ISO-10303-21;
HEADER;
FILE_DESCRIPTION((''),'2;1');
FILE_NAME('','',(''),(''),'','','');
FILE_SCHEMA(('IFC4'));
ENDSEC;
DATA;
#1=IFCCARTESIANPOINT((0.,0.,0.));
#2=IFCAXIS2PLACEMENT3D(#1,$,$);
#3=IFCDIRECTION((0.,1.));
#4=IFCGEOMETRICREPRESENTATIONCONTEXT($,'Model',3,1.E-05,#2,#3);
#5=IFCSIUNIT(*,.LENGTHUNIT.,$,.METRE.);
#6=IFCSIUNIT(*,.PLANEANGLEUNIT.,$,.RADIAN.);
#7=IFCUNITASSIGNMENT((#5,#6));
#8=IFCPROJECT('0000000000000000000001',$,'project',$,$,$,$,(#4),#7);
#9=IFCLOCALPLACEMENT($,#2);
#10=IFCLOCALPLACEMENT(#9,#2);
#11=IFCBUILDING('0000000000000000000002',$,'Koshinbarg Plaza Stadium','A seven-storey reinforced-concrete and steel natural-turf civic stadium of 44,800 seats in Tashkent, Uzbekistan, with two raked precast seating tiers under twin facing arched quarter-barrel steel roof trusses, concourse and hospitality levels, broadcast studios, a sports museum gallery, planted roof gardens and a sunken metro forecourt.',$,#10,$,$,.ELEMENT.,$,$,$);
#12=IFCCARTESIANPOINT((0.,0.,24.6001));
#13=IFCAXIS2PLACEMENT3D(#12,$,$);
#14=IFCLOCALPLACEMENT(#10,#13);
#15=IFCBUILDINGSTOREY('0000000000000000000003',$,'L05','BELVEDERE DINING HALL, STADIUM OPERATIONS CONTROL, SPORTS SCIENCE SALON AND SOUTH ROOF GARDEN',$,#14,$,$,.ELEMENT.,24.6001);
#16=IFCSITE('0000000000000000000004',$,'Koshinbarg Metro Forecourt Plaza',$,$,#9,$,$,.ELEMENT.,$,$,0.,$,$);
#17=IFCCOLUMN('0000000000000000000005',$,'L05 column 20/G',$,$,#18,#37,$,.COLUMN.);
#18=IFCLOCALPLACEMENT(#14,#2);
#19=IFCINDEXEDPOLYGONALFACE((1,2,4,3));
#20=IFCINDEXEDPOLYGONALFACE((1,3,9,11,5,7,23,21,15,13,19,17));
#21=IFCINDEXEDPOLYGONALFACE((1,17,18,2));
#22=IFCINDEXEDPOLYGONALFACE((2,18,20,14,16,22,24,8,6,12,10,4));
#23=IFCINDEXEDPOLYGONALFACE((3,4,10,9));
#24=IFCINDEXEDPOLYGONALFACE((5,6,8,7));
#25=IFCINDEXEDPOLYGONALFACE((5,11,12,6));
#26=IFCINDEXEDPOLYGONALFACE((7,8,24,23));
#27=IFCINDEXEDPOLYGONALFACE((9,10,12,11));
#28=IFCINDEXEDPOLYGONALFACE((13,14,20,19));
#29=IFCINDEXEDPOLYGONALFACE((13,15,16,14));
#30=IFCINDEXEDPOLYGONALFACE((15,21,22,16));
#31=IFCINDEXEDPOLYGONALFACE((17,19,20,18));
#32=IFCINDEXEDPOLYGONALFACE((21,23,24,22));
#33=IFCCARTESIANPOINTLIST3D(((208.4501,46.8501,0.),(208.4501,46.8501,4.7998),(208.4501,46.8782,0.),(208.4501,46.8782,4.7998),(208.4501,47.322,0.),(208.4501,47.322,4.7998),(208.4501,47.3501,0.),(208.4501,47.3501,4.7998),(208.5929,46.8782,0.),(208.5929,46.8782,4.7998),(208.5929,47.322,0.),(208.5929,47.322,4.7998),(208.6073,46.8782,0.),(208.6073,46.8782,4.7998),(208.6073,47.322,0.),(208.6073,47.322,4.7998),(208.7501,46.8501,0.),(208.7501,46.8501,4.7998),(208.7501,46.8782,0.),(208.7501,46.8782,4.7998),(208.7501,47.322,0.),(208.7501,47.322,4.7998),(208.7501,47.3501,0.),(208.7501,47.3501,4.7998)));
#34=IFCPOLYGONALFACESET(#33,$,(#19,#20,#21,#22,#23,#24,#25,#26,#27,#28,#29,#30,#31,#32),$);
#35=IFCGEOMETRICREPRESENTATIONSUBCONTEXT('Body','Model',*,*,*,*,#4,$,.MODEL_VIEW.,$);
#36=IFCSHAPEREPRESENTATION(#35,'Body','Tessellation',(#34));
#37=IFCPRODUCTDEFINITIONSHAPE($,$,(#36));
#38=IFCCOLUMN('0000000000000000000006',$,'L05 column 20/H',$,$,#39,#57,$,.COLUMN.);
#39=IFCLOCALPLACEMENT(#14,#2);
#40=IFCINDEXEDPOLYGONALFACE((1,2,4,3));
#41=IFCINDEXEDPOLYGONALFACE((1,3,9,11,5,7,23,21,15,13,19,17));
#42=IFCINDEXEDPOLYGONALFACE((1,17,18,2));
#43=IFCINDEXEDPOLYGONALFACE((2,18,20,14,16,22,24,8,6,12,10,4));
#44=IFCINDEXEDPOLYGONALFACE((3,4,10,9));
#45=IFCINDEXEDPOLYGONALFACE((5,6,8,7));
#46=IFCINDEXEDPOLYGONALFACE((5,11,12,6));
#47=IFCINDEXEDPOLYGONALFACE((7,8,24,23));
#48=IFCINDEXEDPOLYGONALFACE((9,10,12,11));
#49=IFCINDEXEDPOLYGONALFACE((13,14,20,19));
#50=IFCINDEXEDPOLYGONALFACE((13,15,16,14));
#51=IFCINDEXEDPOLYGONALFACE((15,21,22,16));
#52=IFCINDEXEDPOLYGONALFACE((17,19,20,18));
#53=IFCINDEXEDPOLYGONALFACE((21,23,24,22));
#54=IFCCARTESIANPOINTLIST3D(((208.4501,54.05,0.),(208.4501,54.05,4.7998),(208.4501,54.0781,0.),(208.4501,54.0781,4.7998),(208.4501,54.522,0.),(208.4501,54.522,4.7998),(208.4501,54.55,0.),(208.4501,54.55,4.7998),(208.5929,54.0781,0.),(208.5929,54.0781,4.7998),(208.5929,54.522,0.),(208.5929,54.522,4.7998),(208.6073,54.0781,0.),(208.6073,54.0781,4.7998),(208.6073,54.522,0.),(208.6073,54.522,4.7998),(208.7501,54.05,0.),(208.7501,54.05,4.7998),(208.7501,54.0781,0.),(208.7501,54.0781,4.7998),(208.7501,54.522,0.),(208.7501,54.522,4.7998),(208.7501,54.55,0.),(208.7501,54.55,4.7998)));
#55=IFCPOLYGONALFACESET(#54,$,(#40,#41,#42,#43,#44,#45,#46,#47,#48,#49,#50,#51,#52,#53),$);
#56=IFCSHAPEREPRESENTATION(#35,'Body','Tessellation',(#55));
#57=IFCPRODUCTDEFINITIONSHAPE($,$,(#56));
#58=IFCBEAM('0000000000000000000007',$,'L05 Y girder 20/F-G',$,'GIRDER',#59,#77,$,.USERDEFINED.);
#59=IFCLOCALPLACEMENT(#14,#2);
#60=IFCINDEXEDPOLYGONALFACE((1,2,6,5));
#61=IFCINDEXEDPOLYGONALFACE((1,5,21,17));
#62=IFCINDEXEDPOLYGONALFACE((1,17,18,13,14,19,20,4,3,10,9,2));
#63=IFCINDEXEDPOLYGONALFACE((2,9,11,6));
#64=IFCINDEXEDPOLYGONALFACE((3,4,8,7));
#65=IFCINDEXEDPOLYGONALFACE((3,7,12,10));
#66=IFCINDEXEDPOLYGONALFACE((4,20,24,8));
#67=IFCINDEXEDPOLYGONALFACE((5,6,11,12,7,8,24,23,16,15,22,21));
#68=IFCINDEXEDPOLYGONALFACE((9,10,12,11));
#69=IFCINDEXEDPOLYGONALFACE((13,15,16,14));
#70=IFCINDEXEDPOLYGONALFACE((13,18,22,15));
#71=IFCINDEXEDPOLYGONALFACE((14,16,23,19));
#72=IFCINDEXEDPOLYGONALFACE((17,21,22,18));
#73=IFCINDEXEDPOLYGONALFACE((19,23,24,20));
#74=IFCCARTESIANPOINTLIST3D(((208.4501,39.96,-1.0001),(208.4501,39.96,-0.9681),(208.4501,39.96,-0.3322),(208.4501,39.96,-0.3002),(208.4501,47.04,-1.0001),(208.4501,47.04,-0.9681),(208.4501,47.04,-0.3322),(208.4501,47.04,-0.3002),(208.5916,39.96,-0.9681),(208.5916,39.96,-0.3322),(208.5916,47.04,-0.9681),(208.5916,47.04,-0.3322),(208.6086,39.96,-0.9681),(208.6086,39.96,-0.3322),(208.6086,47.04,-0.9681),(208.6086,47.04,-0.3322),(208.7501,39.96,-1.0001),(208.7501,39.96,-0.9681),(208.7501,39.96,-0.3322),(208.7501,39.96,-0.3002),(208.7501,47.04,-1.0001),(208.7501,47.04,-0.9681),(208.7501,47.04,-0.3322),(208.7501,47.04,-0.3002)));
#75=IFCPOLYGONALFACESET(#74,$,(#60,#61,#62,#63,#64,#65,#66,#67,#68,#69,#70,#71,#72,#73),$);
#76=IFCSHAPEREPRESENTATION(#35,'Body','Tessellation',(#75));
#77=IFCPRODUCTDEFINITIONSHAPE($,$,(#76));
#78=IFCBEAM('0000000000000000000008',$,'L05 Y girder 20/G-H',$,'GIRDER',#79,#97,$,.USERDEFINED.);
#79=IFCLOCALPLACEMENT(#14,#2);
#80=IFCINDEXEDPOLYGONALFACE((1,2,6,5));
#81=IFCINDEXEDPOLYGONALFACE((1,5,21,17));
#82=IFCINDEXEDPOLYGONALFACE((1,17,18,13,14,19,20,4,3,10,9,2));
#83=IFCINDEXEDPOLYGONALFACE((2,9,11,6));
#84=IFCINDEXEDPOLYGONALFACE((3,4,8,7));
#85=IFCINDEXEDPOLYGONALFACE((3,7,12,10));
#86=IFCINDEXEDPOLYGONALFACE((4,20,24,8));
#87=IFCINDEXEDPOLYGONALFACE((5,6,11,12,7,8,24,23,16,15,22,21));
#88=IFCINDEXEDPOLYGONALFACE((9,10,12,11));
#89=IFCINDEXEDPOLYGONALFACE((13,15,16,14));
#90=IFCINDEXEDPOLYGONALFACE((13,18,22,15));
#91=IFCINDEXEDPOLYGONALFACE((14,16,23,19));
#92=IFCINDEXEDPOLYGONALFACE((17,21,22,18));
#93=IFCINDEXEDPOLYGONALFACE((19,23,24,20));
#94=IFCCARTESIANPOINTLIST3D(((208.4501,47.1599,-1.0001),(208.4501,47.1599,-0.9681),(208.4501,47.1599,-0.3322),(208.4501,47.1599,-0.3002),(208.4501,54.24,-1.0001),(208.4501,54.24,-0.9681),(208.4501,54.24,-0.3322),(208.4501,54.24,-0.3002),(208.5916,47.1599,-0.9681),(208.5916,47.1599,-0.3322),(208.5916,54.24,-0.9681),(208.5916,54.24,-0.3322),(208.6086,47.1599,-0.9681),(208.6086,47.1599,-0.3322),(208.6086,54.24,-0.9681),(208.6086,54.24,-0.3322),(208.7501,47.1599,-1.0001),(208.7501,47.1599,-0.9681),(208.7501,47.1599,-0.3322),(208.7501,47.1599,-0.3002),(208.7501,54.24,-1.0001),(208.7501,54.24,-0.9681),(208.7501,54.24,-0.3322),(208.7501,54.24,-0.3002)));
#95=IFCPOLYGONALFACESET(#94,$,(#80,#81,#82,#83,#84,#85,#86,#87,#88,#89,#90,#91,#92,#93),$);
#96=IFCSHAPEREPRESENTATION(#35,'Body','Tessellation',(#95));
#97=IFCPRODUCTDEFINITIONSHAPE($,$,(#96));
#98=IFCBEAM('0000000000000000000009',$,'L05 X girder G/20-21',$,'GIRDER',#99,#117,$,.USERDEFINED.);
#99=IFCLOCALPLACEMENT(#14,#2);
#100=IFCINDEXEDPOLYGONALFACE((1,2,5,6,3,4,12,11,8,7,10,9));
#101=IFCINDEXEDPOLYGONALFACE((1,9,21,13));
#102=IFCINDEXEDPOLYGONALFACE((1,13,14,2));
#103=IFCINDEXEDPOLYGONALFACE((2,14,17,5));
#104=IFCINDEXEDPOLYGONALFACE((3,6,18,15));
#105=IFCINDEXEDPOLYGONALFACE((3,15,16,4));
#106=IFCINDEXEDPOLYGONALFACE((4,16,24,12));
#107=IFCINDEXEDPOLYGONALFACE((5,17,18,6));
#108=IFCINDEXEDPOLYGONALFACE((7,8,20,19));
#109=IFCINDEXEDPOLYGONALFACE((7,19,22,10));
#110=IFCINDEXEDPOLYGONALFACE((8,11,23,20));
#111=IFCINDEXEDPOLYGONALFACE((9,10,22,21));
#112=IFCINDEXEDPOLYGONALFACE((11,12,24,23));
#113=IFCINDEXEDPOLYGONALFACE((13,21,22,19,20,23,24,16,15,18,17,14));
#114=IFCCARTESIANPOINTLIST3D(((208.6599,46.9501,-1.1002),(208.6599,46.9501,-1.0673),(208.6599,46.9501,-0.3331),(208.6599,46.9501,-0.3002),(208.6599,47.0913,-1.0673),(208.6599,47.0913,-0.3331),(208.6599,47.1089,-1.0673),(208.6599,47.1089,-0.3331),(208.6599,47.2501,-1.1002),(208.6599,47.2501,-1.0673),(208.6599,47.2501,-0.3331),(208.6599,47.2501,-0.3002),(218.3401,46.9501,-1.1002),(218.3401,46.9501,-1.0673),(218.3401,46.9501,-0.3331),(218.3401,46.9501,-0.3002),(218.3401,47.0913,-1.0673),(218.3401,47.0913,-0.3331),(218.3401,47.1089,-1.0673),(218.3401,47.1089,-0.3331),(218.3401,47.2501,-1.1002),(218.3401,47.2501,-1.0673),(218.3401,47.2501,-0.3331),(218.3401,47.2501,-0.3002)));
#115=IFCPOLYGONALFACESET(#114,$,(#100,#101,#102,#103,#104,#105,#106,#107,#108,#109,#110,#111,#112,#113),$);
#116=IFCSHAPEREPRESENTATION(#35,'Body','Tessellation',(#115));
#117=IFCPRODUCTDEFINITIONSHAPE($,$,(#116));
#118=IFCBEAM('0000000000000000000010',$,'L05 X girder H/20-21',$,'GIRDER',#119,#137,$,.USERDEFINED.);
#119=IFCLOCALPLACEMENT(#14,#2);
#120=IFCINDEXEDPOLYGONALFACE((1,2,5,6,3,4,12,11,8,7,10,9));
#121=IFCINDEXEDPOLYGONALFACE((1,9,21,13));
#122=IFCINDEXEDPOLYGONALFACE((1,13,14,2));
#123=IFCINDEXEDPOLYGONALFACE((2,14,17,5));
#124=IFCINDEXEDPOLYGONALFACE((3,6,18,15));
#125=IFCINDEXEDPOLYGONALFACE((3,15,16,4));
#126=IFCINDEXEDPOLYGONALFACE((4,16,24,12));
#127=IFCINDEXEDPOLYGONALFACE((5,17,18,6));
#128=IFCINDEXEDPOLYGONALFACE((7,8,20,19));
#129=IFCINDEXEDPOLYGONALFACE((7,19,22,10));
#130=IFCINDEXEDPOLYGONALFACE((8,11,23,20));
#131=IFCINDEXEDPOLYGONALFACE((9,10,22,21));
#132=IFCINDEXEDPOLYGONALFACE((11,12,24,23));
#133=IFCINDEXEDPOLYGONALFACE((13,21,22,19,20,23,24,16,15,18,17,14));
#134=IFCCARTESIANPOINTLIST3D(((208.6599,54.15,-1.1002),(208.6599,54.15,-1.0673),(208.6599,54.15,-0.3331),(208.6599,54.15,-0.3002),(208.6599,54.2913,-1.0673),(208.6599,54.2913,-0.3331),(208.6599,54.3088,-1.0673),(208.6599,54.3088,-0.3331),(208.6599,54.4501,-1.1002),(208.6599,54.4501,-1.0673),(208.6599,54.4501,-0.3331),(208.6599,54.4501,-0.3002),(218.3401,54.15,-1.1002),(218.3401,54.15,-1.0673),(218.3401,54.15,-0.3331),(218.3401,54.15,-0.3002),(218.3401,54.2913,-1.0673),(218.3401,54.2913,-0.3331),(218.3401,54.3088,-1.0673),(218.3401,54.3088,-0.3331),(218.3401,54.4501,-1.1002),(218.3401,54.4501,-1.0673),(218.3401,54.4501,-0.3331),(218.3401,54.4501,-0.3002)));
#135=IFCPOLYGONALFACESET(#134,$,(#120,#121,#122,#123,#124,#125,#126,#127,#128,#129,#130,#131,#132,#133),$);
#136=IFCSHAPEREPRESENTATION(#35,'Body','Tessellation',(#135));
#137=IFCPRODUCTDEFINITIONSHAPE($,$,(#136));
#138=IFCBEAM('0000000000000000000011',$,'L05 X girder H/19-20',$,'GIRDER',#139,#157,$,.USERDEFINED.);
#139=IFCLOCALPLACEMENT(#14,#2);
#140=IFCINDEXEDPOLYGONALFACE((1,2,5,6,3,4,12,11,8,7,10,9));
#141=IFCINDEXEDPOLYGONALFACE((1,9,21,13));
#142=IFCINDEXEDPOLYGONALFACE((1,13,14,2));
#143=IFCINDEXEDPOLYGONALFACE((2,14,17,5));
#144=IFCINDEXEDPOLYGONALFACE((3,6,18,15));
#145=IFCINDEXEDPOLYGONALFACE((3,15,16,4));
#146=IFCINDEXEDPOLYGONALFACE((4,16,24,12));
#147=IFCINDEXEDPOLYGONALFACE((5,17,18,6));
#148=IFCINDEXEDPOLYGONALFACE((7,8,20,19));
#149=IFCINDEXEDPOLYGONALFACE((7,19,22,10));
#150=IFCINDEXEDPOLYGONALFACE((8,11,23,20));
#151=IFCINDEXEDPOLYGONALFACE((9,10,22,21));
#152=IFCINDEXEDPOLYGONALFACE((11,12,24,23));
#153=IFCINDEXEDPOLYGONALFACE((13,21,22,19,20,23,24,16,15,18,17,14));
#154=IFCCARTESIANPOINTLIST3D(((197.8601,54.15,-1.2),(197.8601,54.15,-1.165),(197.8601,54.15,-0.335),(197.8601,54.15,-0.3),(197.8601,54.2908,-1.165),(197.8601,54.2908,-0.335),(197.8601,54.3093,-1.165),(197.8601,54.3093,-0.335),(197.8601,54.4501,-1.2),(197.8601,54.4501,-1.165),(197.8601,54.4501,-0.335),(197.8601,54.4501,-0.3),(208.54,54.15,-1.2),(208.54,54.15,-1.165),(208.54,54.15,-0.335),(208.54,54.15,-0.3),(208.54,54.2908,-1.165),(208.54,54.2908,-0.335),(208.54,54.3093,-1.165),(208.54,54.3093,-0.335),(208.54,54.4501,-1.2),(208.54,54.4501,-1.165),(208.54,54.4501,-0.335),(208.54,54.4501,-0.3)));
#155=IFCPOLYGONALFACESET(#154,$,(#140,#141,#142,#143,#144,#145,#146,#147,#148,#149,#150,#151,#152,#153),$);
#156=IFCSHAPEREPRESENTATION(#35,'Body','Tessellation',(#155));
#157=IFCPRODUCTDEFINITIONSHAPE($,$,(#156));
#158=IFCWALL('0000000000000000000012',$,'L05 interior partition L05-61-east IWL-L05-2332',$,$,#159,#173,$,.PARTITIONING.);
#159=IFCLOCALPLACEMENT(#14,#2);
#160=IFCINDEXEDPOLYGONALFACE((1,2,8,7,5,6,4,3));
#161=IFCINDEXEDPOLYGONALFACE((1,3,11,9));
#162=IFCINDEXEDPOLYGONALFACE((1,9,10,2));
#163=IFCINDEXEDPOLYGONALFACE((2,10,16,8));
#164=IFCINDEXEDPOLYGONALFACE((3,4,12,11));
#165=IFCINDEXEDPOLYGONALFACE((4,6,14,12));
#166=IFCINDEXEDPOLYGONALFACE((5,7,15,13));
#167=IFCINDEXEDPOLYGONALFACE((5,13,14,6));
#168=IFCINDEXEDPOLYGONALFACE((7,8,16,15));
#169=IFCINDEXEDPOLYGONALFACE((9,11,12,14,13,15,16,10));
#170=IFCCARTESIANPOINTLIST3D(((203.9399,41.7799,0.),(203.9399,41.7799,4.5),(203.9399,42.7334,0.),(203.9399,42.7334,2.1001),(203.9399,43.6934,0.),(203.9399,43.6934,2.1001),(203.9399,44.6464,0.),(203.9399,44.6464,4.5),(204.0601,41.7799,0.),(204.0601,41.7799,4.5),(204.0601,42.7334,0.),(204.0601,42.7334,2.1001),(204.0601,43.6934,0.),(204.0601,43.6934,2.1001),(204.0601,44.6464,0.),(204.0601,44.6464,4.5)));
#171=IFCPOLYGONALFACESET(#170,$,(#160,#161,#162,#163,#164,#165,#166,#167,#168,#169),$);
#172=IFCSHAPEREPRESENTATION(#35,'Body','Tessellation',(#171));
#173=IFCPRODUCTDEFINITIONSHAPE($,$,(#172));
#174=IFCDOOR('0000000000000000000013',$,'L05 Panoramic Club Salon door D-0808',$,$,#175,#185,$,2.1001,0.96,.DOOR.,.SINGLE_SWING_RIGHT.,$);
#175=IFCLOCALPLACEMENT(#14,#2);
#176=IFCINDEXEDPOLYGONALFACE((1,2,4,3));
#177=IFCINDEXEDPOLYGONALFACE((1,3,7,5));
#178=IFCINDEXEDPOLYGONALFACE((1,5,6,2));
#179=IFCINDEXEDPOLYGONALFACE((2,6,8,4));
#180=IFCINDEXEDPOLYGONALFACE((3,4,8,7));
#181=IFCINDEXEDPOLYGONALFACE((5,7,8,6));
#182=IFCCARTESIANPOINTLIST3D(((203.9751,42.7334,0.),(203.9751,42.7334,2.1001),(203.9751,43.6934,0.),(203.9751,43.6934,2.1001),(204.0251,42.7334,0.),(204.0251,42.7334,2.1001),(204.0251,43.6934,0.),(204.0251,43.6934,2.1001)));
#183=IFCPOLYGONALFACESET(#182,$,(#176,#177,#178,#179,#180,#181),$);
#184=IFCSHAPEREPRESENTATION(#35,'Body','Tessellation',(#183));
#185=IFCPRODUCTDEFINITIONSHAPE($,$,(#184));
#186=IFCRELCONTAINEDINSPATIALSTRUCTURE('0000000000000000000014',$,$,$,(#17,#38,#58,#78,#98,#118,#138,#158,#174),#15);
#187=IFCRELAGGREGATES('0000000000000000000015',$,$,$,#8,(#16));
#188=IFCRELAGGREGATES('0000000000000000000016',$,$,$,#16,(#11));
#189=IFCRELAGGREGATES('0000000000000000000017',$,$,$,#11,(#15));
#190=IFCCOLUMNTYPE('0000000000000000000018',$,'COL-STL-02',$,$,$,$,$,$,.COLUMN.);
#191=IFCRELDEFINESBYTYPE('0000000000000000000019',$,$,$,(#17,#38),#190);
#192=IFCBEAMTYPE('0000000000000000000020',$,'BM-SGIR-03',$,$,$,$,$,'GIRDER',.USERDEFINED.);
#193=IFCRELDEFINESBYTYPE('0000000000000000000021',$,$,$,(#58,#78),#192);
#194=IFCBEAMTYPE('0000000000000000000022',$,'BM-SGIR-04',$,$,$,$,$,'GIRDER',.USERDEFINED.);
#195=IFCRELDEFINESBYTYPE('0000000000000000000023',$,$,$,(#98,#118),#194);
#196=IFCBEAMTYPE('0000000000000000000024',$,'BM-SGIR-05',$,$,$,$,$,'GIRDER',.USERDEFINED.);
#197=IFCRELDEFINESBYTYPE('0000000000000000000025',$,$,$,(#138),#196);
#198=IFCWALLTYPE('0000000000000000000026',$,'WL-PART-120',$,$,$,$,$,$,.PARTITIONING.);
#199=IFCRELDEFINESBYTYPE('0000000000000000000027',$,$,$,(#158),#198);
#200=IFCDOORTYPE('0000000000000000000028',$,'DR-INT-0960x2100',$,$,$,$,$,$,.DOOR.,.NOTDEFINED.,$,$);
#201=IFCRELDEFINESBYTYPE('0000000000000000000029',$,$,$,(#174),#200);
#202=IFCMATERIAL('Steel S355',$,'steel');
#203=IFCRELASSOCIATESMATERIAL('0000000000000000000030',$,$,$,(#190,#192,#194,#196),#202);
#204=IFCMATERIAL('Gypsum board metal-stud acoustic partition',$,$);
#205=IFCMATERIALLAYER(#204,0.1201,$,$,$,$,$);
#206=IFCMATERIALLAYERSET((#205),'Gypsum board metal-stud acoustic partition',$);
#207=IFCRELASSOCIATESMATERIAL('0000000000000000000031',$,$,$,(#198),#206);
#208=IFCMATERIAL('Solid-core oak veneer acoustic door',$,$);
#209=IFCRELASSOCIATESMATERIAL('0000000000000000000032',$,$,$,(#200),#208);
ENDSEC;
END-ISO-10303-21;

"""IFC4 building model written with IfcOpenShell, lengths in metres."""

from ifc_helpers import new_model, si_unit, direction, frame, frame_2d, origin, origin_2d, place, context, subcontext, project, spatial, rectangle, i_section, extrude, material, layer, layer_set, material_profile, profile_set, type_object, element, fill, save


model = new_model("IFC4")

# Units and contexts
model_context = context("Model", 3, precision=1e-05, world=origin(), true_north=direction((0.0, 1.0)))
body_context = subcontext(model_context, "Body", "Model", "MODEL_VIEW")
ifc_project = project(units=[si_unit("LENGTHUNIT", "METRE"), si_unit("PLANEANGLEUNIT", "RADIAN")], contexts=[model_context])

# Site, building, storey
site_placement = place(None, origin())
site = spatial("IfcSite", under=ifc_project, at=site_placement, Name="Koshinbarg Metro Forecourt Plaza", CompositionType="ELEMENT", RefElevation=0.0)
building_placement = place(site_placement, origin())
building = spatial("IfcBuilding", under=site, at=building_placement, Name="Koshinbarg Plaza Stadium", Description="A seven-storey reinforced-concrete and steel natural-turf civic stadium of 44,800 seats in Tashkent, Uzbekistan, with two raked precast seating tiers under twin facing arched quarter-barrel steel roof trusses, concourse and hospitality levels, broadcast studios, a sports museum gallery, planted roof gardens and a sunken metro forecourt.", CompositionType="ELEMENT")
storey_placement = place(building_placement, frame((0.0, 0.0, 24.6001)))
storey = spatial("IfcBuildingStorey", under=building, at=storey_placement, Name="L05", Description="BELVEDERE DINING HALL, STADIUM OPERATIONS CONTROL, SPORTS SCIENCE SALON AND SOUTH ROOF GARDEN", CompositionType="ELEMENT", Elevation=24.6001)

# Columns
ifc_material_1 = material(Name="Steel S355", Category="steel")
ifc_material_profile_1 = material_profile(ifc_material_1, i_section(OverallWidth=0.3, OverallDepth=0.5, WebThickness=0.0144, FlangeThickness=0.0281, at=origin_2d()), Name="HEB 500")
ifc_profile_set_1 = profile_set([ifc_material_profile_1], Name="Steel S355")
column_type = type_object("IfcColumnType", Name="COL-STL-02", PredefinedType="COLUMN", material=ifc_profile_set_1)
for number, where, z_axis, x_axis, name in (
    (1, (208.6001, 47.1001, 0.0), (0.0, 0.0, 1.0), (1.0, 0.0, 0.0), "L05 column 20/G"),
    (2, (208.6001, 54.3, 0.0), (0.0, 0.0, 1.0), (1.0, 0.0, 0.0), "L05 column 20/H"),
):
    element("IfcColumn", number, at=place(storey_placement, frame(where, z_axis=z_axis, x_axis=x_axis)), inside=storey, type_object=column_type, Name=name, PredefinedType="COLUMN", context=body_context, shape_type="SweptSolid", body=[
        extrude(i_section(OverallWidth=0.3, OverallDepth=0.5, WebThickness=0.0144, FlangeThickness=0.0281, at=origin_2d()), origin(), (0.0, 0.0, 1.0), 4.7998),
    ])

# Beams
ifc_material_profile_2 = material_profile(ifc_material_1, i_section(OverallWidth=0.3, OverallDepth=0.7, WebThickness=0.0171, FlangeThickness=0.032, at=origin_2d()), Name="HEB 700")
ifc_profile_set_2 = profile_set([ifc_material_profile_2], Name="Steel S355")
beam_type_1 = type_object("IfcBeamType", Name="BM-SGIR-03", ElementType="GIRDER", PredefinedType="USERDEFINED", material=ifc_profile_set_2)
for number, where, z_axis, x_axis, name in (
    (3, (208.6001, 39.96, -0.6501), (0.0, 1.0, 0.0), (-1.0, 0.0, 0.0), "L05 Y girder 20/F-G"),
    (4, (208.6001, 47.1599, -0.6501), (0.0, 1.0, 0.0), (-1.0, 0.0, 0.0), "L05 Y girder 20/G-H"),
):
    element("IfcBeam", number, at=place(storey_placement, frame(where, z_axis=z_axis, x_axis=x_axis)), inside=storey, type_object=beam_type_1, Name=name, ObjectType="GIRDER", PredefinedType="USERDEFINED", context=body_context, shape_type="SweptSolid", body=[
        extrude(i_section(OverallWidth=0.3, OverallDepth=0.7, WebThickness=0.0171, FlangeThickness=0.032, at=origin_2d()), origin(), (0.0, 0.0, 1.0), 7.0801),
    ])
ifc_material_profile_3 = material_profile(ifc_material_1, i_section(OverallWidth=0.3, OverallDepth=0.8, WebThickness=0.0176, FlangeThickness=0.033, at=origin_2d()), Name="HEB 800")
ifc_profile_set_3 = profile_set([ifc_material_profile_3], Name="Steel S355")
beam_type_2 = type_object("IfcBeamType", Name="BM-SGIR-04", ElementType="GIRDER", PredefinedType="USERDEFINED", material=ifc_profile_set_3)
for number, where, z_axis, x_axis, name in (
    (5, (208.6599, 47.1001, -0.7002), (1.0, 0.0, 0.0), (0.0, 1.0, 0.0), "L05 X girder G/20-21"),
    (6, (208.6599, 54.3, -0.7002), (1.0, 0.0, 0.0), (0.0, 1.0, 0.0), "L05 X girder H/20-21"),
):
    element("IfcBeam", number, at=place(storey_placement, frame(where, z_axis=z_axis, x_axis=x_axis)), inside=storey, type_object=beam_type_2, Name=name, ObjectType="GIRDER", PredefinedType="USERDEFINED", context=body_context, shape_type="SweptSolid", body=[
        extrude(i_section(OverallWidth=0.3, OverallDepth=0.8, WebThickness=0.0176, FlangeThickness=0.033, at=origin_2d()), origin(), (0.0, 0.0, 1.0), 9.6802),
    ])
ifc_material_profile_4 = material_profile(ifc_material_1, i_section(OverallWidth=0.3, OverallDepth=0.8999, WebThickness=0.0186, FlangeThickness=0.0349, at=origin_2d()), Name="HEB 900")
ifc_profile_set_4 = profile_set([ifc_material_profile_4], Name="Steel S355")
beam_type_3 = type_object("IfcBeamType", Name="BM-SGIR-05", ElementType="GIRDER", PredefinedType="USERDEFINED", material=ifc_profile_set_4)
beam_placement = place(storey_placement, frame((197.8601, 54.3, -0.75), z_axis=(1.0, 0.0, 0.0), x_axis=(0.0, 1.0, 0.0)))
element("IfcBeam", 7, at=beam_placement, inside=storey, type_object=beam_type_3, Name="L05 X girder H/19-20", ObjectType="GIRDER", PredefinedType="USERDEFINED", context=body_context, shape_type="SweptSolid", body=[
    extrude(i_section(OverallWidth=0.3, OverallDepth=0.8999, WebThickness=0.0186, FlangeThickness=0.0349, at=origin_2d()), origin(), (0.0, 0.0, 1.0), 10.6799),
])

# Wall, opening, door
ifc_material_2 = material(Name="Gypsum board metal-stud acoustic partition")
ifc_layer_1 = layer(ifc_material_2, 0.1201)
ifc_layer_set_1 = layer_set([ifc_layer_1], Name="Gypsum board metal-stud acoustic partition")
wall_type_1 = type_object("IfcWallType", Name="WL-PART-120", PredefinedType="PARTITIONING", material=ifc_layer_set_1)
wall_1_placement = place(storey_placement, frame((204.0, 41.78, 0.0), z_axis=(0.0, 0.0, 1.0), x_axis=(0.0, 1.0, 0.0)))
wall_1 = element("IfcWall", 8, at=wall_1_placement, inside=storey, type_object=wall_type_1, Name="L05 interior partition L05-61-east IWL-L05-2332", PredefinedType="PARTITIONING", context=body_context, shape_type="SweptSolid", body=[
    extrude(rectangle(XDim=2.8665, YDim=0.1201, at=frame_2d((1.4331, 0.0))), origin(), (0.0, 0.0, 1.0), 4.5),
])
opening_1_placement = place(wall_1_placement, frame((0.9534, 0.0, 0.0)))
opening_1 = element("IfcOpeningElement", 9, at=opening_1_placement, cuts=wall_1, PredefinedType="OPENING", context=body_context, shape_type="SweptSolid", body=[
    extrude(rectangle(XDim=0.96, YDim=2.1001, at=frame_2d((0.48, 1.05))), frame((0.0, 0.0701, 0.0), z_axis=(0.0, -1.0, 0.0), x_axis=(1.0, 0.0, 0.0)), (0.0, 0.0, 1.0), 0.1401),
])
ifc_material_3 = material(Name="Solid-core oak veneer acoustic door")
door_type_1 = type_object("IfcDoorType", Name="DR-INT-0960x2100", OperationType="NOTDEFINED", PredefinedType="DOOR", material=ifc_material_3)
door_1_placement = place(opening_1_placement, origin())
door_1 = element("IfcDoor", 10, at=door_1_placement, inside=storey, type_object=door_type_1, Name="L05 Panoramic Club Salon door D-0808", OperationType="SINGLE_SWING_RIGHT", OverallHeight=2.1001, OverallWidth=0.96, PredefinedType="DOOR", context=body_context, shape_type="SweptSolid", body=[
    extrude(rectangle(XDim=0.96, YDim=2.1001, at=frame_2d((0.48, 1.05))), frame((0.0, 0.0249, 0.0), z_axis=(0.0, -1.0, 0.0), x_axis=(1.0, 0.0, 0.0)), (0.0, 0.0, 1.0), 0.05),
])
fill(opening_1, door_1)

save(model, "model.ifc")
